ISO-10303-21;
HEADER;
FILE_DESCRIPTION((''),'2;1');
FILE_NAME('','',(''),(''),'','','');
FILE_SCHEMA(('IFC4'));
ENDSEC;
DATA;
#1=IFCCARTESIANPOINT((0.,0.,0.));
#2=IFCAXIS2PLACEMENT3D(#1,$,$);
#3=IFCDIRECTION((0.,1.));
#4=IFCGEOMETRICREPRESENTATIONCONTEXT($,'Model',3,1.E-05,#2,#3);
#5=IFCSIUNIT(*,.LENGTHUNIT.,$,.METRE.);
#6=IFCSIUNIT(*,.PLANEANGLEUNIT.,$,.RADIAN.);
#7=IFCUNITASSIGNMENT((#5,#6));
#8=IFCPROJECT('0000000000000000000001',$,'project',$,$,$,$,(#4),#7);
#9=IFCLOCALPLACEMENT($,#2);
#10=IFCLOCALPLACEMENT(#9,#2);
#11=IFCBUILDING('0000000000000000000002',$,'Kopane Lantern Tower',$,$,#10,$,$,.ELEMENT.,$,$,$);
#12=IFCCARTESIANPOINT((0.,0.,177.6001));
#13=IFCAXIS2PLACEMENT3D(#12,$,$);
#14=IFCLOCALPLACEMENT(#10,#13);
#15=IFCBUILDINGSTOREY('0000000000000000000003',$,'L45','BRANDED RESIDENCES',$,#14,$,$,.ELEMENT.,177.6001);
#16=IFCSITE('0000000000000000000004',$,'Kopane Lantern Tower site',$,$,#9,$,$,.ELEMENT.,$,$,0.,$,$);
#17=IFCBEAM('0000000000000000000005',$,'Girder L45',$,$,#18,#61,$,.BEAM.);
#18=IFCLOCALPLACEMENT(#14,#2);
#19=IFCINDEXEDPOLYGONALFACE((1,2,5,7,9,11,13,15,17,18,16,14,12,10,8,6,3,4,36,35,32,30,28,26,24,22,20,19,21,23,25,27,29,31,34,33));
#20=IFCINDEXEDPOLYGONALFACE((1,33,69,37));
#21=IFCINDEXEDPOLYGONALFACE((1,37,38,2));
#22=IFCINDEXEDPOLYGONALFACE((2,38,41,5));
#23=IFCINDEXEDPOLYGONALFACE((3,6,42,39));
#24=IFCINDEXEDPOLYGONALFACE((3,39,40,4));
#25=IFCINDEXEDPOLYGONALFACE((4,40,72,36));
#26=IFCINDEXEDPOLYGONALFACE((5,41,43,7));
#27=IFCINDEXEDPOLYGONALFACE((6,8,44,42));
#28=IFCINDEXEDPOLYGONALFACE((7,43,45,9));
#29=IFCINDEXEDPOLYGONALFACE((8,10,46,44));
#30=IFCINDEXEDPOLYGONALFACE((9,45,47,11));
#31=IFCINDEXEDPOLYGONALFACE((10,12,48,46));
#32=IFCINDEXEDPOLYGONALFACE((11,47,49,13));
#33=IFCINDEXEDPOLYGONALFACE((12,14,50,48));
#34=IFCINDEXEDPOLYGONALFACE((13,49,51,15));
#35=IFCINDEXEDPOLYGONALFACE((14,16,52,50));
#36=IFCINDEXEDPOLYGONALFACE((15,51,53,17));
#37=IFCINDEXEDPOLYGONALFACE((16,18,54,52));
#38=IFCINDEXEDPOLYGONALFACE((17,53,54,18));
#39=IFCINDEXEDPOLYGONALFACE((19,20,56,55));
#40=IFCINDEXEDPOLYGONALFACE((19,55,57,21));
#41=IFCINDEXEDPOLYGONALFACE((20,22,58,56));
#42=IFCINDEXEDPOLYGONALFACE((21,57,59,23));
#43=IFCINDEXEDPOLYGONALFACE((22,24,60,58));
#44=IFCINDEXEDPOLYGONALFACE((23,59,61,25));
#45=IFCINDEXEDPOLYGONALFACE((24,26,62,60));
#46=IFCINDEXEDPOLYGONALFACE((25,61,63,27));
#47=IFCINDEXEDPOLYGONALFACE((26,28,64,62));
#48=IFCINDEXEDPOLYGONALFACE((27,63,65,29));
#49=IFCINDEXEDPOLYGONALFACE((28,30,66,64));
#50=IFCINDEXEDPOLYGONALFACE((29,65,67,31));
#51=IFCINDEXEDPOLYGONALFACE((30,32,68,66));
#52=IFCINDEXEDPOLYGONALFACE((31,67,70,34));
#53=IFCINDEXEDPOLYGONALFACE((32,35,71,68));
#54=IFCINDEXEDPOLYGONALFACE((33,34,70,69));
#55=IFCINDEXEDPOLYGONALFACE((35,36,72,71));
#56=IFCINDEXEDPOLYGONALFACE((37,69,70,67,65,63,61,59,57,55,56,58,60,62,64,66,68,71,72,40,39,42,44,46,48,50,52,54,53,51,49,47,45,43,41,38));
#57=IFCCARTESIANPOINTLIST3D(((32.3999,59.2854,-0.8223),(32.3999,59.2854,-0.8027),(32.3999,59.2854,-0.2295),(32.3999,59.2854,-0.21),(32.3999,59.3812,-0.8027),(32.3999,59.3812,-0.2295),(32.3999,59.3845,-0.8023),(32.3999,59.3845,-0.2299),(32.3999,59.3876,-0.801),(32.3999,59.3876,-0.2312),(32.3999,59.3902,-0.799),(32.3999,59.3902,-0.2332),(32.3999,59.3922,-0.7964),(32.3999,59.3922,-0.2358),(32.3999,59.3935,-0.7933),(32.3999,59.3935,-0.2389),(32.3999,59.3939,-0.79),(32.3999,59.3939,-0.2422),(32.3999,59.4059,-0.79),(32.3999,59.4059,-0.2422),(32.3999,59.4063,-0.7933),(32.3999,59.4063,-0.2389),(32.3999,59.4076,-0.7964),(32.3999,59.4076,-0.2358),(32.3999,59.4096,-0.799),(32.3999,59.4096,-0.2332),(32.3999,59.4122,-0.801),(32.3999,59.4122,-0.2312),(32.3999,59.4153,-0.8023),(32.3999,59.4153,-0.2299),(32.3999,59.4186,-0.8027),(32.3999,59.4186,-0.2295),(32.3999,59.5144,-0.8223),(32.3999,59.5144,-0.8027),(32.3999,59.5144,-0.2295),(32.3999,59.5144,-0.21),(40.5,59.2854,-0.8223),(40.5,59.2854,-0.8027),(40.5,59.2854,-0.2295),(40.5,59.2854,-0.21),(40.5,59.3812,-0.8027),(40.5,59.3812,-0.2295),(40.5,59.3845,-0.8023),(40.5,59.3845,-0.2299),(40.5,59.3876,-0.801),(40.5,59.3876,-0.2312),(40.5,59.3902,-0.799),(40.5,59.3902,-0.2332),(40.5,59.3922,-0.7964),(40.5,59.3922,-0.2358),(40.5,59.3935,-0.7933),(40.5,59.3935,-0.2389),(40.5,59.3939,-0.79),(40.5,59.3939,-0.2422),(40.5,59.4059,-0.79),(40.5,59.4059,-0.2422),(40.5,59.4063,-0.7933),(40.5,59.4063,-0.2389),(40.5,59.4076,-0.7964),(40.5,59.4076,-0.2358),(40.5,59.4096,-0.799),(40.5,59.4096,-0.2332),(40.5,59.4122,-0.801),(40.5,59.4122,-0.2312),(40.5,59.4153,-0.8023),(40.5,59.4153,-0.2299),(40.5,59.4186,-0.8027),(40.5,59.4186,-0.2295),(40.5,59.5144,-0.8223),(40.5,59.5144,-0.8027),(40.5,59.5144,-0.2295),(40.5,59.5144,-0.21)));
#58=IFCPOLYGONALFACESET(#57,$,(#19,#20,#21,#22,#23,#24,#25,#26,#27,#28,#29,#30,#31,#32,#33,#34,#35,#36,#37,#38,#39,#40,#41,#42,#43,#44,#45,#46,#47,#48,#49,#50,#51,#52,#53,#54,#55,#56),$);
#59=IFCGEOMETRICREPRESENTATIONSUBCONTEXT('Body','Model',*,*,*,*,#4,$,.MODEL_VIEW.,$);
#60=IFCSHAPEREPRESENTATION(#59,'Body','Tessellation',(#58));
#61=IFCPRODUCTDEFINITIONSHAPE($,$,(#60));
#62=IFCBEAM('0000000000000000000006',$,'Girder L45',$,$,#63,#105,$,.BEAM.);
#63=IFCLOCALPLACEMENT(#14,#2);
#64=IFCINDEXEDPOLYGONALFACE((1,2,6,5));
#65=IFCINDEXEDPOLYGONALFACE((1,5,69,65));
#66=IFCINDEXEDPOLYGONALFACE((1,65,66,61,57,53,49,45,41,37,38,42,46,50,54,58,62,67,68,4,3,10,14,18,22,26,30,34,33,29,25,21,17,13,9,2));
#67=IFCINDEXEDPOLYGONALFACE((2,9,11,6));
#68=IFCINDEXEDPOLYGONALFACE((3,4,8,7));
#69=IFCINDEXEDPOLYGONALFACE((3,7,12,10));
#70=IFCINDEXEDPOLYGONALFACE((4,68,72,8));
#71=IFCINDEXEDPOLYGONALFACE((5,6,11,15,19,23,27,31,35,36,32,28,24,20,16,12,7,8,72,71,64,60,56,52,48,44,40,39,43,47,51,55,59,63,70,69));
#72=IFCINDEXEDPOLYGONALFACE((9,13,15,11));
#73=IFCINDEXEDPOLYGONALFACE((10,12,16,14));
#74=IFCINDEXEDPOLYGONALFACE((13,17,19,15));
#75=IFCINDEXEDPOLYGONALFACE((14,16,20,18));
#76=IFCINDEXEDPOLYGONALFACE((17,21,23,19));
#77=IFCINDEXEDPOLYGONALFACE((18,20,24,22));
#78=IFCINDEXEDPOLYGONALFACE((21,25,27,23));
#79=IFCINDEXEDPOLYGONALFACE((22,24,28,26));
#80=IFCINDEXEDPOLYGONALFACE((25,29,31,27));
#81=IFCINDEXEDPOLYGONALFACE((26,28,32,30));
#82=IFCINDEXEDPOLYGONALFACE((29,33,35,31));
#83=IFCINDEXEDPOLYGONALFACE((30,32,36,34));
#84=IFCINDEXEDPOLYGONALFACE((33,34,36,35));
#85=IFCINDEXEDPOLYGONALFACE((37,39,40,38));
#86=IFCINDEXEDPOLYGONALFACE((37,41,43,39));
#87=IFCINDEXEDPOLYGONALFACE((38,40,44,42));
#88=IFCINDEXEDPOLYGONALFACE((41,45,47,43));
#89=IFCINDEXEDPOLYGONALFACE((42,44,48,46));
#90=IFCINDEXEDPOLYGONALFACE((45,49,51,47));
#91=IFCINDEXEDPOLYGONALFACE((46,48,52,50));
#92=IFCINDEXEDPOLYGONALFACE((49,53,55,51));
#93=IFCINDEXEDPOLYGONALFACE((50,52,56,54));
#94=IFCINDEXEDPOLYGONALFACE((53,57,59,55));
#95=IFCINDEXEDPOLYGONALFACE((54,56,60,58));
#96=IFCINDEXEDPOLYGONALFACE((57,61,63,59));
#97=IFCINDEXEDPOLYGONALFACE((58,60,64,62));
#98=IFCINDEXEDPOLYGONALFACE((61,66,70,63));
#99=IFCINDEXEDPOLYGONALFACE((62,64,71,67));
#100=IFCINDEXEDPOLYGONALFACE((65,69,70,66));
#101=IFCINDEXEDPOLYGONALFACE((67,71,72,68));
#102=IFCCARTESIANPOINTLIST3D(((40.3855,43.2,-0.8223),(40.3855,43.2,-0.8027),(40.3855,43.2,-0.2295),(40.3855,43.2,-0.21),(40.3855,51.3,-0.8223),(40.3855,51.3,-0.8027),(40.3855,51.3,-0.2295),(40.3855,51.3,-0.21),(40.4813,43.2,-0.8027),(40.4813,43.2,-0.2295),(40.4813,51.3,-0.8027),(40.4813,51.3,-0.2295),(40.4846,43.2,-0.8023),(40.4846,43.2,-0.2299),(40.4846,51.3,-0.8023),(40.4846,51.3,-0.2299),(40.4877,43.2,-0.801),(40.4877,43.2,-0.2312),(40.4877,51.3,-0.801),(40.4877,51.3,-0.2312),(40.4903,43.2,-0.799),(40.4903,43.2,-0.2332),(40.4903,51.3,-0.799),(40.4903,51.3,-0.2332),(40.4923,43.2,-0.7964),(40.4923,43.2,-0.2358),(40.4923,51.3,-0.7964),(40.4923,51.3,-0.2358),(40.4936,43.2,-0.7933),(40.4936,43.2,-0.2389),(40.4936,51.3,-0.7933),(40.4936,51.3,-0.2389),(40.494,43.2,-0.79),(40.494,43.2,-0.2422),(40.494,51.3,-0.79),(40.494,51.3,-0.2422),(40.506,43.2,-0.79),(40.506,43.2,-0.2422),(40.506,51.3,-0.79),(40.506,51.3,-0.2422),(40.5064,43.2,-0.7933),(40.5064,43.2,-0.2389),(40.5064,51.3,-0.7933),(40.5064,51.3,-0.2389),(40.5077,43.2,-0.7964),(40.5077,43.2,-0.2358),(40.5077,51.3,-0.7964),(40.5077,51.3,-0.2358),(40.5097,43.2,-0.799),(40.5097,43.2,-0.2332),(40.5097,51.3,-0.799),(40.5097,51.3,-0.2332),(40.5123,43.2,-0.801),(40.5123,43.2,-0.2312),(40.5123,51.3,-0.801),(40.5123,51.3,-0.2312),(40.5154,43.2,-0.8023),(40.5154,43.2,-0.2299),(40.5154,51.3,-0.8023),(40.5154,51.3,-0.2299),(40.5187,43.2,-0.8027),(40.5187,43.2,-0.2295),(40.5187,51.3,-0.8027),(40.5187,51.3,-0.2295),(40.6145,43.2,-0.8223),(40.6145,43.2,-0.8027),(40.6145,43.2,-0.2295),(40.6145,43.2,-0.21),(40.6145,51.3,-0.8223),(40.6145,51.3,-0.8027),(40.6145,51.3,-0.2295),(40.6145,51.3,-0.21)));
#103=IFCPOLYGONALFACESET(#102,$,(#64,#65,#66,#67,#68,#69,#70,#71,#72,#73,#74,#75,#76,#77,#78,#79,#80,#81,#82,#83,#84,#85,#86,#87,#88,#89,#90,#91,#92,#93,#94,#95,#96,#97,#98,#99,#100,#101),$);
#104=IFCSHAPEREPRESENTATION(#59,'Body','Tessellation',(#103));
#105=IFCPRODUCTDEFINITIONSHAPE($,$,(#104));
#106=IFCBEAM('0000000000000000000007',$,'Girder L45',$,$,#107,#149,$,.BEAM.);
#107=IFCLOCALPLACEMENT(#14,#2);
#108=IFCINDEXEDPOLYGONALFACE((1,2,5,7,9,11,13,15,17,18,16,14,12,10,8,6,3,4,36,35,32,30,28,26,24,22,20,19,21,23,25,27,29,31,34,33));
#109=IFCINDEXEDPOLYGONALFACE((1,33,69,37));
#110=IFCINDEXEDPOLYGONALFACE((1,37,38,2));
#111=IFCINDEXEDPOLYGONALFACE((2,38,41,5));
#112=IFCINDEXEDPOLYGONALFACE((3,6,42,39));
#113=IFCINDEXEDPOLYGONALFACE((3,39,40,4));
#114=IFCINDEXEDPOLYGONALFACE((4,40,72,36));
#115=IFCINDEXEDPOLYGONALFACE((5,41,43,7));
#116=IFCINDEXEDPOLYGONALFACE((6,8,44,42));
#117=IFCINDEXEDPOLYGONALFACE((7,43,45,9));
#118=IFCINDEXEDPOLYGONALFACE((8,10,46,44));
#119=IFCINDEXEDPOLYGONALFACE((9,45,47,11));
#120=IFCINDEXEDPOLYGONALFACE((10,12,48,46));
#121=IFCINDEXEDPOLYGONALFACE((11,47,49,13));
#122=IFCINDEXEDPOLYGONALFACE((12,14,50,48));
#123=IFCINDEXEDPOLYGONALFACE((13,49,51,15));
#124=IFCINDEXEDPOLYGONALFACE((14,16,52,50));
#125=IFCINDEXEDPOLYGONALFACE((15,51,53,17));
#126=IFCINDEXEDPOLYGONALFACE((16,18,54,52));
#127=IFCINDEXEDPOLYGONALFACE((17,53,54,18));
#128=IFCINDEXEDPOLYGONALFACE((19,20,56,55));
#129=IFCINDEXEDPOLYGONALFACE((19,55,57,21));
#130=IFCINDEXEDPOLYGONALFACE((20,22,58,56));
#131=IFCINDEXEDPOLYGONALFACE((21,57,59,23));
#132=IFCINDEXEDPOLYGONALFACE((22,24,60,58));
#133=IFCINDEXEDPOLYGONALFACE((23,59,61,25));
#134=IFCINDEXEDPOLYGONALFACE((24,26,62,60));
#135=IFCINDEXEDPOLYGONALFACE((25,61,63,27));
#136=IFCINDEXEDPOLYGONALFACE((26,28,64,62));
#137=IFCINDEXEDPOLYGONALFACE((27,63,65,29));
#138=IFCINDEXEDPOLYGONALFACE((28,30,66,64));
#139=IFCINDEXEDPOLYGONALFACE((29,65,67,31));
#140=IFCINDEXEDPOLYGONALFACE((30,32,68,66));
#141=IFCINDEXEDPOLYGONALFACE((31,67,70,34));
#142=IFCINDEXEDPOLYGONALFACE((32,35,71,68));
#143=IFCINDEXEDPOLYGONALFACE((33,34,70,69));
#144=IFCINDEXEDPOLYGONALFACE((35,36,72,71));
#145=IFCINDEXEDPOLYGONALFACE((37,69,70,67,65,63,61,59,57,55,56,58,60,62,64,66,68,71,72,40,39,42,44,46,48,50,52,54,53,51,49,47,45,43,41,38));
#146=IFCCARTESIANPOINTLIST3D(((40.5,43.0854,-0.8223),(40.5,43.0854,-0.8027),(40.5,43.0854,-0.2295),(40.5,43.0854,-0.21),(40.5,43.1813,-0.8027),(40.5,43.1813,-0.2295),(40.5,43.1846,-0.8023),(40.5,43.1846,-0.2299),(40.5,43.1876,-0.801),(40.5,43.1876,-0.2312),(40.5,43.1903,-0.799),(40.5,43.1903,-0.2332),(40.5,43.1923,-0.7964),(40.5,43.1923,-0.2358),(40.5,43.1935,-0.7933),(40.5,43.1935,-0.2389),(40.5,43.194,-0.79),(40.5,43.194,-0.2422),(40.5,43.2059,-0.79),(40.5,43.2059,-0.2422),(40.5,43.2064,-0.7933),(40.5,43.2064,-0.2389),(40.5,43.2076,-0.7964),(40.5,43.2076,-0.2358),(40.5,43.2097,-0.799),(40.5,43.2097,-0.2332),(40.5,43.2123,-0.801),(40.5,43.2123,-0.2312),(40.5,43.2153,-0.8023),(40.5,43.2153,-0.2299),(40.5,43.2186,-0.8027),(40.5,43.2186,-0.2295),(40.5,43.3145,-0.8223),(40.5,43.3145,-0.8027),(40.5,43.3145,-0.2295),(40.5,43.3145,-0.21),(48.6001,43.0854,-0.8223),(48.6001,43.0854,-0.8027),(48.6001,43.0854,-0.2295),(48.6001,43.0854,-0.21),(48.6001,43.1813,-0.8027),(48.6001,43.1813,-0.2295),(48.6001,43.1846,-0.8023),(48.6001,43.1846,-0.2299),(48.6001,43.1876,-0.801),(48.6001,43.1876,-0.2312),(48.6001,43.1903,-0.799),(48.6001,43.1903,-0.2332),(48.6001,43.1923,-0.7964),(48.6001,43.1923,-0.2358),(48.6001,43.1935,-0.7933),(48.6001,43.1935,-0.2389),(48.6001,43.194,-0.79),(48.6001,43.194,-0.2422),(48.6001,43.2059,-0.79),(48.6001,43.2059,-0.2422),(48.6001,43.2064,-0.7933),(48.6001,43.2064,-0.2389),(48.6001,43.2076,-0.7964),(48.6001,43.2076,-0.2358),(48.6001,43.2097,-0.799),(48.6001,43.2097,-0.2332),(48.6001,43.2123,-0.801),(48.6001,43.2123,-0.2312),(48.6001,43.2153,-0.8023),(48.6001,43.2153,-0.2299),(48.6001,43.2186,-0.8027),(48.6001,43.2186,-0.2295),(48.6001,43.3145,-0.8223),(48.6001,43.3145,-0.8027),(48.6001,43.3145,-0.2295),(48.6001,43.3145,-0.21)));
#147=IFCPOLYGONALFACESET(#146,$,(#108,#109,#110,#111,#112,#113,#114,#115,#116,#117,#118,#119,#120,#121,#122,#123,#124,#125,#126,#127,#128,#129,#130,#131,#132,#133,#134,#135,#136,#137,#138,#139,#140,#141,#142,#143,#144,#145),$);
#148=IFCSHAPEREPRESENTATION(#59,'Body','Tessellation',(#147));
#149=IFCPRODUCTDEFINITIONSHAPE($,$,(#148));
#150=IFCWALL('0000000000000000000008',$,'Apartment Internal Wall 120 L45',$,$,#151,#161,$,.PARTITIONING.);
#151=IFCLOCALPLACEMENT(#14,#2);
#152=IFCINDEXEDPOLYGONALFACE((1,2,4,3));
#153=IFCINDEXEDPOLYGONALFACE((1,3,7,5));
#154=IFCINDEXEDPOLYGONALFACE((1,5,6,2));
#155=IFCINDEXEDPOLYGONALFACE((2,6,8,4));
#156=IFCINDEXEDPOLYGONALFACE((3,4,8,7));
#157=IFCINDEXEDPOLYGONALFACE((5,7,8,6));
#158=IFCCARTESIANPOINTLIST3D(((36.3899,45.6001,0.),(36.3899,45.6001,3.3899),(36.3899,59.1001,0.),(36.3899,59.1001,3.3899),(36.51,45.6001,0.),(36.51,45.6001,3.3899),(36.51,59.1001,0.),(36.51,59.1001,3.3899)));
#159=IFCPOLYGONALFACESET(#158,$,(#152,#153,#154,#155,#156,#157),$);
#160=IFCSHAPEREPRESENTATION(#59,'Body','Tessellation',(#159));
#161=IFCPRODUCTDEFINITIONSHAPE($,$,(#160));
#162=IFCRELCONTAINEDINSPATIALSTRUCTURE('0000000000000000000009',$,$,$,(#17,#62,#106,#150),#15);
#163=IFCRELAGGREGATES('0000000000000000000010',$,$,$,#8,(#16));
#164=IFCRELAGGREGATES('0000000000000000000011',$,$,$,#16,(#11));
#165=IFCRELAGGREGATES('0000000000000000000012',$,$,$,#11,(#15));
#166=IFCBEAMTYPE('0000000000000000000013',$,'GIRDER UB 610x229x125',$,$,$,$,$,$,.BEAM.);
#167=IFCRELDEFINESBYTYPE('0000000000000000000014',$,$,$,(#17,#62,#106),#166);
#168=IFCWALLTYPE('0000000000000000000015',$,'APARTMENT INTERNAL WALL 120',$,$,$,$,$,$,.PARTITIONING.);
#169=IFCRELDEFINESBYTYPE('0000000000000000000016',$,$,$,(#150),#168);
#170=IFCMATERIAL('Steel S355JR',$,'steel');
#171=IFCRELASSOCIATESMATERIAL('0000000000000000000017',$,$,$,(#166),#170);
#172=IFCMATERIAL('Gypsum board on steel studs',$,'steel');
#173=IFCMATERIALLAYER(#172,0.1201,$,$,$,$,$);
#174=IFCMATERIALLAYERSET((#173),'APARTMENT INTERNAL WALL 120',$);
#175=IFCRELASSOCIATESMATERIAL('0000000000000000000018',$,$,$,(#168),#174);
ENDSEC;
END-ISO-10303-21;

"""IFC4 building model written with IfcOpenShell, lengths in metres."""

from ifc_helpers import new_model, si_unit, direction, frame, frame_2d, origin, origin_2d, place, context, subcontext, project, spatial, rectangle, i_section, extrude, material, layer, layer_set, material_profile, profile_set, type_object, element, save


model = new_model("IFC4")

# Units and contexts
model_context = context("Model", 3, precision=1e-05, world=origin(), true_north=direction((0.0, 1.0)))
body_context = subcontext(model_context, "Body", "Model", "MODEL_VIEW")
ifc_project = project(units=[si_unit("LENGTHUNIT", "METRE"), si_unit("PLANEANGLEUNIT", "RADIAN")], contexts=[model_context])

# Site, building, storey
site_placement = place(None, origin())
site = spatial("IfcSite", under=ifc_project, at=site_placement, Name="Kopane Lantern Tower site", CompositionType="ELEMENT", RefElevation=0.0)
building_placement = place(site_placement, origin())
building = spatial("IfcBuilding", under=site, at=building_placement, Name="Kopane Lantern Tower", CompositionType="ELEMENT")
storey_placement = place(building_placement, frame((0.0, 0.0, 177.6001)))
storey = spatial("IfcBuildingStorey", under=building, at=storey_placement, Name="L45", Description="BRANDED RESIDENCES", CompositionType="ELEMENT", Elevation=177.6001)

# Beams
ifc_material_1 = material(Name="Steel S355JR", Category="steel")
ifc_material_profile_1 = material_profile(ifc_material_1, i_section(OverallWidth=0.229, OverallDepth=0.6123, WebThickness=0.012, FlangeThickness=0.0195, FilletRadius=0.0127, at=origin_2d()), Name="UB 610x229x125")
ifc_profile_set_1 = profile_set([ifc_material_profile_1], Name="Steel S355JR")
beam_type_1 = type_object("IfcBeamType", Name="GIRDER UB 610x229x125", PredefinedType="BEAM", material=ifc_profile_set_1)
for number, where, z_axis, x_axis, name in (
    (1, (32.3999, 59.3999, -0.5161), (1.0, 0.0, 0.0), (0.0, 1.0, 0.0), "Girder L45"),
    (2, (40.5, 43.2, -0.5161), (0.0, 1.0, 0.0), (-1.0, 0.0, 0.0), "Girder L45"),
    (3, (40.5, 43.2, -0.5161), (1.0, 0.0, 0.0), (0.0, 1.0, 0.0), "Girder L45"),
):
    element("IfcBeam", number, at=place(storey_placement, frame(where, z_axis=z_axis, x_axis=x_axis)), inside=storey, type_object=beam_type_1, Name=name, PredefinedType="BEAM", context=body_context, shape_type="SweptSolid", body=[
        extrude(i_section(OverallWidth=0.229, OverallDepth=0.6123, WebThickness=0.012, FlangeThickness=0.0195, FilletRadius=0.0127, at=origin_2d()), origin(), (0.0, 0.0, 1.0), 8.1001),
    ])

# Wall
ifc_material_2 = material(Name="Gypsum board on steel studs", Category="steel")
ifc_layer_1 = layer(ifc_material_2, 0.1201)
ifc_layer_set_1 = layer_set([ifc_layer_1], Name="APARTMENT INTERNAL WALL 120")
wall_type_1 = type_object("IfcWallType", Name="APARTMENT INTERNAL WALL 120", PredefinedType="PARTITIONING", material=ifc_layer_set_1)
wall_1_placement = place(storey_placement, frame((36.45, 45.6001, 0.0), z_axis=(0.0, 0.0, 1.0), x_axis=(0.0, 1.0, 0.0)))
element("IfcWall", 4, at=wall_1_placement, inside=storey, type_object=wall_type_1, Name="Apartment Internal Wall 120 L45", PredefinedType="PARTITIONING", context=body_context, shape_type="SweptSolid", body=[
    extrude(rectangle(XDim=13.5, YDim=0.1201, at=frame_2d((6.75, 0.0))), origin(), (0.0, 0.0, 1.0), 3.3899),
])

save(model, "model.ifc")
